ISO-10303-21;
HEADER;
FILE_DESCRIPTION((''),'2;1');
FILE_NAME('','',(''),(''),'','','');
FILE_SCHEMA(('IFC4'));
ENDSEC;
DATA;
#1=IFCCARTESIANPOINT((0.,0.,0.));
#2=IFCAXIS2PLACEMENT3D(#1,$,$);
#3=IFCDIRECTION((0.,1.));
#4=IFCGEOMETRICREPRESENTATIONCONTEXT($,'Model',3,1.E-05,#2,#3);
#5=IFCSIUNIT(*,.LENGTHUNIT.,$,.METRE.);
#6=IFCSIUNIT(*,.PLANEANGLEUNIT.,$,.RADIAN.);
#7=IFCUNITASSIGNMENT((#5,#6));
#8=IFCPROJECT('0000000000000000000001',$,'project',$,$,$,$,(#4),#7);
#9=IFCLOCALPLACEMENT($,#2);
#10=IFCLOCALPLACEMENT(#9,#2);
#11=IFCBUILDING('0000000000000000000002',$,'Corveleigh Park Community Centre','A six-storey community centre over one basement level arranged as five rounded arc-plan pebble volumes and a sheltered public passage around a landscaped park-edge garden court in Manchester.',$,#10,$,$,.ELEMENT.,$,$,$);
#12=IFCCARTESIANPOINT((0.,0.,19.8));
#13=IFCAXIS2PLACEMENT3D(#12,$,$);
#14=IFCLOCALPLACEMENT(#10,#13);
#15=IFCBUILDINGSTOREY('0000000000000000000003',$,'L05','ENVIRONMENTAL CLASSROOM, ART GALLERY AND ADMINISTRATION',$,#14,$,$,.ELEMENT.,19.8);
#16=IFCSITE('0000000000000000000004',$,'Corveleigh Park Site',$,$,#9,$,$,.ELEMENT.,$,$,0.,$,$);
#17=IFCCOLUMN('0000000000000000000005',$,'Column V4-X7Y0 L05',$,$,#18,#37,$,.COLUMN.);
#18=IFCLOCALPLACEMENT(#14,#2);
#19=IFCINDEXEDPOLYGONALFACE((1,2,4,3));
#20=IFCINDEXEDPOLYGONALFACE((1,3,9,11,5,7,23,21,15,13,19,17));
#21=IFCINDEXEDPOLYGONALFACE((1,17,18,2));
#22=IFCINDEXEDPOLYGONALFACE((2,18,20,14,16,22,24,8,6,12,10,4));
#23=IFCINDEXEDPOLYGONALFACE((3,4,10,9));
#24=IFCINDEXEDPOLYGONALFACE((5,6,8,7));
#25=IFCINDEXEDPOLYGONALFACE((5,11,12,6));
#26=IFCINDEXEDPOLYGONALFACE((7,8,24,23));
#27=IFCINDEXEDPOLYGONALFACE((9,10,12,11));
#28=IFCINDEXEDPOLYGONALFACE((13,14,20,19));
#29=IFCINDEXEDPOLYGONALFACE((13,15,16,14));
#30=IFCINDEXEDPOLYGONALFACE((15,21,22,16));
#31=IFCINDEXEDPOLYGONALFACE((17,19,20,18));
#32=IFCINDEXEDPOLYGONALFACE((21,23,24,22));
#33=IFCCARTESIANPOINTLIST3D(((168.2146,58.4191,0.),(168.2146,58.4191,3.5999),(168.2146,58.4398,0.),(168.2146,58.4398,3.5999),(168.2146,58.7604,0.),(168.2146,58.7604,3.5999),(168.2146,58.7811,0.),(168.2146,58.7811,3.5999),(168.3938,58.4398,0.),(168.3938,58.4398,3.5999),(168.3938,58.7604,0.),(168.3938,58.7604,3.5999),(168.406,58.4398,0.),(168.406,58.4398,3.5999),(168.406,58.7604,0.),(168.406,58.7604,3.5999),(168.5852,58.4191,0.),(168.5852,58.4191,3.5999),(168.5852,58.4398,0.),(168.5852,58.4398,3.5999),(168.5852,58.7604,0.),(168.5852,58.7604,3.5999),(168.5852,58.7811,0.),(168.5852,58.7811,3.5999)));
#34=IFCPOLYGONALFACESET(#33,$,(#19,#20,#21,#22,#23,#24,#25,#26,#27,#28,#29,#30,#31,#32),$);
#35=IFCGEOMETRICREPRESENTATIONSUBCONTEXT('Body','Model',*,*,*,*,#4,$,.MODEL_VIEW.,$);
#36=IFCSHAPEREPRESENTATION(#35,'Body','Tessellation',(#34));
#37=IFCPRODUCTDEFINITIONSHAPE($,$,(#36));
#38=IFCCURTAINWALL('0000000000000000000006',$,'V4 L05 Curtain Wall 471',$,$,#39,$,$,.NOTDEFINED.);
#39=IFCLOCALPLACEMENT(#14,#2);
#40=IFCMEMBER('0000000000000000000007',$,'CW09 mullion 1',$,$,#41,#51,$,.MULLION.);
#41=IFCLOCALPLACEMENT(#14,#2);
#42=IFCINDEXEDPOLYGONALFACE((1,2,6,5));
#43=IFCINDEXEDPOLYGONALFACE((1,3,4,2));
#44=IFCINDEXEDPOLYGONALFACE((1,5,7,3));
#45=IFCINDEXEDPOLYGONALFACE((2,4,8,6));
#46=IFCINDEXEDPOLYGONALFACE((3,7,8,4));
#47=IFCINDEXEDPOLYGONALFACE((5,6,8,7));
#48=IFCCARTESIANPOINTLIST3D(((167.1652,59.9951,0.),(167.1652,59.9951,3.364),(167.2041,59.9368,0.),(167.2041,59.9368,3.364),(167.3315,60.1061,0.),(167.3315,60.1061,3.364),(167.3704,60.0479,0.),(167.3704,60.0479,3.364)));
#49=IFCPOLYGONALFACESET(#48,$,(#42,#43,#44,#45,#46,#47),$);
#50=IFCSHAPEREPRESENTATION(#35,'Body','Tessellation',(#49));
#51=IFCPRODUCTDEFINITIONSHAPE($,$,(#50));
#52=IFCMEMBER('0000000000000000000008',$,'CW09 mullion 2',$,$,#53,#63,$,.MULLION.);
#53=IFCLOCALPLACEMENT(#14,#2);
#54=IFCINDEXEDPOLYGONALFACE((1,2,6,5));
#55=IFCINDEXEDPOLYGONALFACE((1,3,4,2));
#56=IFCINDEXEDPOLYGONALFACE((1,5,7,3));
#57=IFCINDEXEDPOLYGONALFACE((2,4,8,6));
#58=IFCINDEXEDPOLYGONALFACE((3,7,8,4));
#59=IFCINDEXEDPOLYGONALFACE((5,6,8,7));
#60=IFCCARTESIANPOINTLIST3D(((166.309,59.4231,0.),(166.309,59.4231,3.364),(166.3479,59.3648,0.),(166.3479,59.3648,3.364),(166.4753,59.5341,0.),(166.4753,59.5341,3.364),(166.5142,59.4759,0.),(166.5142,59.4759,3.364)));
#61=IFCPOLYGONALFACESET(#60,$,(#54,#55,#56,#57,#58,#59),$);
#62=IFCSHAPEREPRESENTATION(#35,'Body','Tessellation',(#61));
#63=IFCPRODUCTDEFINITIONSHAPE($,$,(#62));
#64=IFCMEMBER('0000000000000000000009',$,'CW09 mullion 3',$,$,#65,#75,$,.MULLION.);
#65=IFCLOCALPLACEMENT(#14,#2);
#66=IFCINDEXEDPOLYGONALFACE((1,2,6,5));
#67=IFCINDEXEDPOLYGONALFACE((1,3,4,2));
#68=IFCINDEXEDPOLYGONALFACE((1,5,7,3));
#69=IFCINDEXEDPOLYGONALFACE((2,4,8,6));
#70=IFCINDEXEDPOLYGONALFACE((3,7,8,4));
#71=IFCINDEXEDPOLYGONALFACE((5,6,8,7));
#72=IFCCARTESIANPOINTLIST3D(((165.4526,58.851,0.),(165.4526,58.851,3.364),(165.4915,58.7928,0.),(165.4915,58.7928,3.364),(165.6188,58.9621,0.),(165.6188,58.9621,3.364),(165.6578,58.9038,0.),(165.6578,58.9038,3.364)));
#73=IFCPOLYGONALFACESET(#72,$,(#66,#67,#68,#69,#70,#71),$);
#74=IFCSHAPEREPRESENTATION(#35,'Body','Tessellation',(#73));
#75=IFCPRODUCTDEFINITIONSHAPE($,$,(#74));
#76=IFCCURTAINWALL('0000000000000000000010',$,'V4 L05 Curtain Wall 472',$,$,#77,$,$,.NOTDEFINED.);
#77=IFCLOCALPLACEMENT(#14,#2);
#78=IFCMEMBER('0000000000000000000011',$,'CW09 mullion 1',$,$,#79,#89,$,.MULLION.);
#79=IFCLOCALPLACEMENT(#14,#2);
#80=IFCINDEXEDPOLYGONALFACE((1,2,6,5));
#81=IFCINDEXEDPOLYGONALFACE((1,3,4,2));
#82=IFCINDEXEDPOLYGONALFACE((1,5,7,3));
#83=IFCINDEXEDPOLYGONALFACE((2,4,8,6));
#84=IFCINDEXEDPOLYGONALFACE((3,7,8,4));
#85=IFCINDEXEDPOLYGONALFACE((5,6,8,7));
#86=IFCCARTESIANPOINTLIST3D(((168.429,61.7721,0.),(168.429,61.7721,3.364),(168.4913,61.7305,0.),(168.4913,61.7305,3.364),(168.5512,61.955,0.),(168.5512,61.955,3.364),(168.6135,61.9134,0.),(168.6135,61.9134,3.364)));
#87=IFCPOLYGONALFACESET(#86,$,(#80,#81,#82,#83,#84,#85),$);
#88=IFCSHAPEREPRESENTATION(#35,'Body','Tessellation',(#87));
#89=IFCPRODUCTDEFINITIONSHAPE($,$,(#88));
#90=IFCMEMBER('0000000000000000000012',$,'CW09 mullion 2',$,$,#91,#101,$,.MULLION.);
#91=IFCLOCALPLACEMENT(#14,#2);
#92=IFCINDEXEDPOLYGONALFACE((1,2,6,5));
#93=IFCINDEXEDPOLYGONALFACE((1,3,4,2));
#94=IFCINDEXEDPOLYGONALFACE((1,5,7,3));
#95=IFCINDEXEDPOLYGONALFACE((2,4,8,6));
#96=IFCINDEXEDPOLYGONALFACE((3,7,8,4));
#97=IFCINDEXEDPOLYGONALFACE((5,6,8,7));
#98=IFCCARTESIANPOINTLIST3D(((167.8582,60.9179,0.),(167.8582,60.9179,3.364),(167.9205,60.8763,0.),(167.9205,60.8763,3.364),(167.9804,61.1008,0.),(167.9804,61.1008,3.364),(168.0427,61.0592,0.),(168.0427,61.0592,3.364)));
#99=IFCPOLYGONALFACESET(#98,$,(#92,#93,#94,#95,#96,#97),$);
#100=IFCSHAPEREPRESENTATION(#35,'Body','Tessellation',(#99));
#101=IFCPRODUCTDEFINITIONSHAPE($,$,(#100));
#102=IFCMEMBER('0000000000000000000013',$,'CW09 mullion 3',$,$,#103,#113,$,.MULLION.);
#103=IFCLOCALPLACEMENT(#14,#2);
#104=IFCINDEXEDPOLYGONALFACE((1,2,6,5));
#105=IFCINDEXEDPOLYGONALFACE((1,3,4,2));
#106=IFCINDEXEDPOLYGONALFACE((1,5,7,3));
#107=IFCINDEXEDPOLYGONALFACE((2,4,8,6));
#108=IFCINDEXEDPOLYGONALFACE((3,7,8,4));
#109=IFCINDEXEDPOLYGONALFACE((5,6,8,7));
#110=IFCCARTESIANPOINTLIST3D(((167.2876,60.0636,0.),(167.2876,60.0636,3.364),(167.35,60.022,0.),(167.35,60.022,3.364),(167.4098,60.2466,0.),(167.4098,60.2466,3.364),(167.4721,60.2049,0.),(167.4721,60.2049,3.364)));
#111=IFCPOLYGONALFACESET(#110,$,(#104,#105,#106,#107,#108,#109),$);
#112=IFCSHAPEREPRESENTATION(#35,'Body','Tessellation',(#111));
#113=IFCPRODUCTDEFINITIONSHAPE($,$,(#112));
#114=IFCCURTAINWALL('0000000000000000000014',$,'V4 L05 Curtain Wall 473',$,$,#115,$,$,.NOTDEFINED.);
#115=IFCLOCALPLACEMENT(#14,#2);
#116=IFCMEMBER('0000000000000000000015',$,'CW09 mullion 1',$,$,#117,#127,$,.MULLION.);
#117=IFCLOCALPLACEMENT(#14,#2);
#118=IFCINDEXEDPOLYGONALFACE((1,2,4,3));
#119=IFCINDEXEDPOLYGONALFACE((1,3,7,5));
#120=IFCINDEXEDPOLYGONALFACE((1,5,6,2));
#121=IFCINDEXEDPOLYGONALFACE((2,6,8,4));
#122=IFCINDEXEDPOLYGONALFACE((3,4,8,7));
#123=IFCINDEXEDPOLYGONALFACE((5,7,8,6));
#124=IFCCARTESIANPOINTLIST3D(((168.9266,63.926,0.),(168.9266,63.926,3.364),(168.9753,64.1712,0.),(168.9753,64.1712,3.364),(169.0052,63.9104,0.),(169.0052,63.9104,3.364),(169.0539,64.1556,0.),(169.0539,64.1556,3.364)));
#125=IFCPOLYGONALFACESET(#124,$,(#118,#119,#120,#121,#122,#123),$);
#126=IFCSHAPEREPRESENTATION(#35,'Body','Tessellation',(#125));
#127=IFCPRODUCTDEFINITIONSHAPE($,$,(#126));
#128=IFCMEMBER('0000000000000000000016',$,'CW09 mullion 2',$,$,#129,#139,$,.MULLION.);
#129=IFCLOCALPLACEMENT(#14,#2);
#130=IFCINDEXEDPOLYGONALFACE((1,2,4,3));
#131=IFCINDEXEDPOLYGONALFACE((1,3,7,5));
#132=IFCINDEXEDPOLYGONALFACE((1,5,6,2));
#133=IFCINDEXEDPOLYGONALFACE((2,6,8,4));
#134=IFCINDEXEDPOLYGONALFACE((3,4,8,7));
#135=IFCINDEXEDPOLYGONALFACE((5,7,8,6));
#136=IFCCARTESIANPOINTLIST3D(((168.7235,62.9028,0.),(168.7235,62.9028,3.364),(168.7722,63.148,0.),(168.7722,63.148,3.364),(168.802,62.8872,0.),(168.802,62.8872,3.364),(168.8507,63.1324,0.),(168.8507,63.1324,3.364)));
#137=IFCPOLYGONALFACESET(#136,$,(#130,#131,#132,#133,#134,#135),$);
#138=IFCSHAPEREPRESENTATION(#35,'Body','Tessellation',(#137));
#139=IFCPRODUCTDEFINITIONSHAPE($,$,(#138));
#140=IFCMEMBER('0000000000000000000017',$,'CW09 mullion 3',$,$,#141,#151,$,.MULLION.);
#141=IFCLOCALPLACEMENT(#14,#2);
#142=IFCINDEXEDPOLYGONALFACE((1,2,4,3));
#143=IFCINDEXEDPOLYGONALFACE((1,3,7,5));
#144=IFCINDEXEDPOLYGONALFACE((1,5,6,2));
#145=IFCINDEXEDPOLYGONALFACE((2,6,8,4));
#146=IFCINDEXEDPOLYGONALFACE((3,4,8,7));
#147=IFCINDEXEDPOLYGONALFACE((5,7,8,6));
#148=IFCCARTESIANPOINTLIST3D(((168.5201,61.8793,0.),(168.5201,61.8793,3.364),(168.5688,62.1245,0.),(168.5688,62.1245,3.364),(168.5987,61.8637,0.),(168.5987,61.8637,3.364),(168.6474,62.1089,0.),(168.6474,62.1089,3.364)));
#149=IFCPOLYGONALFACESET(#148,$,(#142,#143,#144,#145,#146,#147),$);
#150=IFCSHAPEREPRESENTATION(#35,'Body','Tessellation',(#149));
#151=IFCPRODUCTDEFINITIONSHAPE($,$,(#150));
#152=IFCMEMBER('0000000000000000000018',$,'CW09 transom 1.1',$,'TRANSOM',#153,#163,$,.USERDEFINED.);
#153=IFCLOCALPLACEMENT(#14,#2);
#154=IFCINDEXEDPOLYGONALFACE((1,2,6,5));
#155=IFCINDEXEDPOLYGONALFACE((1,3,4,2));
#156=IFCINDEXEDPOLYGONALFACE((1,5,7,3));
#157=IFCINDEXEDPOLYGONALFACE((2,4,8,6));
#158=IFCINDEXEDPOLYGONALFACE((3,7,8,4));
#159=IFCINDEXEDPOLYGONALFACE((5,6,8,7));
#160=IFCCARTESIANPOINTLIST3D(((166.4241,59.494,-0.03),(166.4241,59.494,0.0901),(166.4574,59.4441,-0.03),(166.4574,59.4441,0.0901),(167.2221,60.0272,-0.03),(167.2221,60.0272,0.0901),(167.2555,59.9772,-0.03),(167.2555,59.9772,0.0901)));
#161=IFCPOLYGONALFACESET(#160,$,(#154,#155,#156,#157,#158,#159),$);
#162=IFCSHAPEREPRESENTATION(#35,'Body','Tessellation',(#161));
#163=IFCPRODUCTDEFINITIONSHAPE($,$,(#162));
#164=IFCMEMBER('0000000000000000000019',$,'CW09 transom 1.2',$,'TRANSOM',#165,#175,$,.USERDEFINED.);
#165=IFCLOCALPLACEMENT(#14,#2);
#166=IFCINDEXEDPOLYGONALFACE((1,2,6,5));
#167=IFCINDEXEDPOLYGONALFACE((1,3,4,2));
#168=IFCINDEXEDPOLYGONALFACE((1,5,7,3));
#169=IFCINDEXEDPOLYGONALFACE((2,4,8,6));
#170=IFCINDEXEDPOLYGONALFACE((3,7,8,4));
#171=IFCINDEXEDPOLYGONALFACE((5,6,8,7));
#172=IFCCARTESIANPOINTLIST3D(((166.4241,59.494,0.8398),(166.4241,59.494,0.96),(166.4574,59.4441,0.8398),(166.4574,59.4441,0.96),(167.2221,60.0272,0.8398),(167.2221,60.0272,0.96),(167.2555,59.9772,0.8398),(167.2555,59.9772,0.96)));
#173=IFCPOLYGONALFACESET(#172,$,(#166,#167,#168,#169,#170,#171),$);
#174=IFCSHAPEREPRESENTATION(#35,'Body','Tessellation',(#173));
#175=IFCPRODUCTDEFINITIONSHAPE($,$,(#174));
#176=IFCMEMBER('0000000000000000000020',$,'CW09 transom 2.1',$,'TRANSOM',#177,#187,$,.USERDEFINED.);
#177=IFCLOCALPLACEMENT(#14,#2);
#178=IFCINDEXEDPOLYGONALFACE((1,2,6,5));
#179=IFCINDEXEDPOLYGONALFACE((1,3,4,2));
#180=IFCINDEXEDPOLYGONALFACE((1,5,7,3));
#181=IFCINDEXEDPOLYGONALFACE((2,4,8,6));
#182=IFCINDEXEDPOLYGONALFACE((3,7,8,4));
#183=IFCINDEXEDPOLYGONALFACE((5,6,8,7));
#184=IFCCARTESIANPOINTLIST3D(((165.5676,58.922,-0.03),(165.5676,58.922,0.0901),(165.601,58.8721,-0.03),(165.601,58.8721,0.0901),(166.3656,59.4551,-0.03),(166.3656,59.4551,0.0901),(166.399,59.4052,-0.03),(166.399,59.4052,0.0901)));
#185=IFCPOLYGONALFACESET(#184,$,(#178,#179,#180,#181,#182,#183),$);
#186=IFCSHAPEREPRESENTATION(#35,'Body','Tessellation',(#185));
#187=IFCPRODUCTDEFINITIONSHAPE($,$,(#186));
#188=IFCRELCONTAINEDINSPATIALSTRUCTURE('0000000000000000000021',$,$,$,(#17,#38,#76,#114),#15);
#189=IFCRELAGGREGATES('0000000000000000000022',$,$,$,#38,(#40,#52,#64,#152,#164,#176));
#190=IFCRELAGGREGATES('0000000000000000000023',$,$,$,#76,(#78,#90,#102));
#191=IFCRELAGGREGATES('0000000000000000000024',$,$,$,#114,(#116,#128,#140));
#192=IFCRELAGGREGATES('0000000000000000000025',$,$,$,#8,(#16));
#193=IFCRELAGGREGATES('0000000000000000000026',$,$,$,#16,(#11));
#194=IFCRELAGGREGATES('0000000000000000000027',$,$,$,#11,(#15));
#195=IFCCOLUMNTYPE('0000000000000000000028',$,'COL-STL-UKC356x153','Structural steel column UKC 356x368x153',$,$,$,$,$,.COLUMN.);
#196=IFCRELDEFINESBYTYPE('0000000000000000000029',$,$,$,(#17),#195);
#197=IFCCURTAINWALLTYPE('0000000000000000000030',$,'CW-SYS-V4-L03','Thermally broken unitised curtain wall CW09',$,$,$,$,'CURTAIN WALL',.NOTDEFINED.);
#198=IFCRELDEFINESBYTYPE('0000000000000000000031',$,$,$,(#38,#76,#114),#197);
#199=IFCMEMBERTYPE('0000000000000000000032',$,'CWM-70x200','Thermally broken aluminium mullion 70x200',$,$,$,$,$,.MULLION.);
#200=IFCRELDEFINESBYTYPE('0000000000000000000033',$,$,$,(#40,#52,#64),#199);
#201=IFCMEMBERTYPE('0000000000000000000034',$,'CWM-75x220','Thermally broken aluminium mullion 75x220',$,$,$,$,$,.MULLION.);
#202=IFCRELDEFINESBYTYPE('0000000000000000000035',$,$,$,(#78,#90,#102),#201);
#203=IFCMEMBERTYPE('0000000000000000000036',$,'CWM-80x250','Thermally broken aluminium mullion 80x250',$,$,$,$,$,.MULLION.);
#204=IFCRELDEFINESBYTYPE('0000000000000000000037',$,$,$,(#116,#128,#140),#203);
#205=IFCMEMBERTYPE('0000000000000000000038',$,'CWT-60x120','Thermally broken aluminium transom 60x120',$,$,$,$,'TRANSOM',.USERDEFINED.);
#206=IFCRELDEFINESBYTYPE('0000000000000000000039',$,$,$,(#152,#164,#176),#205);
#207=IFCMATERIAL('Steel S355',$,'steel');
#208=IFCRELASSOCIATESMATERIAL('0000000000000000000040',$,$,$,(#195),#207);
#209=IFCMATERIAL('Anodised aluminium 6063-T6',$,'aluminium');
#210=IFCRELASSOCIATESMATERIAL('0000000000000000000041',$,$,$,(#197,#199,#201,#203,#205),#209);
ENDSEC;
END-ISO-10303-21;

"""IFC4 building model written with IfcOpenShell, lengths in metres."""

from ifc_helpers import new_model, si_unit, direction, frame, origin, origin_2d, place, context, subcontext, project, spatial, rectangle, i_section, extrude, material, material_profile, profile_set, type_object, element, aggregate, save


model = new_model("IFC4")

# Units and contexts
model_context = context("Model", 3, precision=1e-05, world=origin(), true_north=direction((0.0, 1.0)))
body_context = subcontext(model_context, "Body", "Model", "MODEL_VIEW")
ifc_project = project(units=[si_unit("LENGTHUNIT", "METRE"), si_unit("PLANEANGLEUNIT", "RADIAN")], contexts=[model_context])

# Site, building, storey
site_placement = place(None, origin())
site = spatial("IfcSite", under=ifc_project, at=site_placement, Name="Corveleigh Park Site", CompositionType="ELEMENT", RefElevation=0.0)
building_placement = place(site_placement, origin())
building = spatial("IfcBuilding", under=site, at=building_placement, Name="Corveleigh Park Community Centre", Description="A six-storey community centre over one basement level arranged as five rounded arc-plan pebble volumes and a sheltered public passage around a landscaped park-edge garden court in Manchester.", CompositionType="ELEMENT")
storey_placement = place(building_placement, frame((0.0, 0.0, 19.8)))
storey = spatial("IfcBuildingStorey", under=building, at=storey_placement, Name="L05", Description="ENVIRONMENTAL CLASSROOM, ART GALLERY AND ADMINISTRATION", CompositionType="ELEMENT", Elevation=19.8)

# Column
ifc_material_1 = material(Name="Steel S355", Category="steel")
ifc_material_profile_1 = material_profile(ifc_material_1, i_section(OverallWidth=0.3706, OverallDepth=0.3621, WebThickness=0.0122, FlangeThickness=0.0208, at=origin_2d()), Name="UKC 356x368x153", Category="steel")
ifc_profile_set_1 = profile_set([ifc_material_profile_1], Name="Steel S355")
column_type = type_object("IfcColumnType", Name="COL-STL-UKC356x153", Description="Structural steel column UKC 356x368x153", PredefinedType="COLUMN", material=ifc_profile_set_1)
column_placement = place(storey_placement, frame((168.3999, 58.6001, 0.0), z_axis=(0.0, 0.0, 1.0), x_axis=(1.0, 0.0, 0.0)))
element("IfcColumn", 1, at=column_placement, inside=storey, type_object=column_type, Name="Column V4-X7Y0 L05", PredefinedType="COLUMN", context=body_context, shape_type="SweptSolid", body=[
    extrude(i_section(OverallWidth=0.3706, OverallDepth=0.3621, WebThickness=0.0122, FlangeThickness=0.0208, at=origin_2d()), origin(), (0.0, 0.0, 1.0), 3.5999),
])

# Curtain walls, members
ifc_material_2 = material(Name="Anodised aluminium 6063-T6", Category="aluminium")
curtain_wall_type = type_object("IfcCurtainWallType", Name="CW-SYS-V4-L03", Description="Thermally broken unitised curtain wall CW09", ElementType="CURTAIN WALL", PredefinedType="NOTDEFINED", material=ifc_material_2)
curtain_wall_1_placement = place(storey_placement, origin())
curtain_wall_1 = element("IfcCurtainWall", 2, at=curtain_wall_1_placement, inside=storey, type_object=curtain_wall_type, Name="V4 L05 Curtain Wall 471", PredefinedType="NOTDEFINED")
ifc_material_profile_2 = material_profile(ifc_material_2, rectangle(XDim=0.0701, YDim=0.2, at=origin_2d()), Name="ALU-M70x200", Category="aluminium")
ifc_profile_set_2 = profile_set([ifc_material_profile_2], Name="Anodised aluminium 6063-T6")
member_type_1 = type_object("IfcMemberType", Name="CWM-70x200", Description="Thermally broken aluminium mullion 70x200", PredefinedType="MULLION", material=ifc_profile_set_2)
member_1_placement = place(storey_placement, frame((167.2678, 60.0215, 0.0), z_axis=(0.0, 0.0, 1.0), x_axis=(0.555458, -0.831544, 0.0)))
member_1 = element("IfcMember", 3, at=member_1_placement, type_object=member_type_1, Name="CW09 mullion 1", PredefinedType="MULLION", context=body_context, shape_type="SweptSolid", body=[
    extrude(rectangle(XDim=0.0701, YDim=0.2, at=origin_2d()), origin(), (0.0, 0.0, 1.0), 3.364),
])
member_2_placement = place(storey_placement, frame((166.4116, 59.4495, 0.0), z_axis=(0.0, 0.0, 1.0), x_axis=(0.555458, -0.831544, 0.0)))
member_2 = element("IfcMember", 4, at=member_2_placement, type_object=member_type_1, Name="CW09 mullion 2", PredefinedType="MULLION", context=body_context, shape_type="SweptSolid", body=[
    extrude(rectangle(XDim=0.0701, YDim=0.2, at=origin_2d()), origin(), (0.0, 0.0, 1.0), 3.364),
])
member_3_placement = place(storey_placement, frame((165.5552, 58.8774, 0.0), z_axis=(0.0, 0.0, 1.0), x_axis=(0.555458, -0.831544, 0.0)))
member_3 = element("IfcMember", 5, at=member_3_placement, type_object=member_type_1, Name="CW09 mullion 3", PredefinedType="MULLION", context=body_context, shape_type="SweptSolid", body=[
    extrude(rectangle(XDim=0.0701, YDim=0.2, at=origin_2d()), origin(), (0.0, 0.0, 1.0), 3.364),
])
curtain_wall_2_placement = place(storey_placement, origin())
curtain_wall_2 = element("IfcCurtainWall", 6, at=curtain_wall_2_placement, inside=storey, type_object=curtain_wall_type, Name="V4 L05 Curtain Wall 472", PredefinedType="NOTDEFINED")
ifc_material_profile_3 = material_profile(ifc_material_2, rectangle(XDim=0.075, YDim=0.22, at=origin_2d()), Name="ALU-M75x220", Category="aluminium")
ifc_profile_set_3 = profile_set([ifc_material_profile_3], Name="Anodised aluminium 6063-T6")
member_type_2 = type_object("IfcMemberType", Name="CWM-75x220", Description="Thermally broken aluminium mullion 75x220", PredefinedType="MULLION", material=ifc_profile_set_3)
member_4_placement = place(storey_placement, frame((168.5212, 61.8428, 0.0), z_axis=(0.0, 0.0, 1.0), x_axis=(0.831544, -0.555458, 0.0)))
member_4 = element("IfcMember", 7, at=member_4_placement, type_object=member_type_2, Name="CW09 mullion 1", PredefinedType="MULLION", context=body_context, shape_type="SweptSolid", body=[
    extrude(rectangle(XDim=0.075, YDim=0.22, at=origin_2d()), origin(), (0.0, 0.0, 1.0), 3.364),
])
member_5_placement = place(storey_placement, frame((167.9504, 60.9885, 0.0), z_axis=(0.0, 0.0, 1.0), x_axis=(0.831544, -0.555458, 0.0)))
member_5 = element("IfcMember", 8, at=member_5_placement, type_object=member_type_2, Name="CW09 mullion 2", PredefinedType="MULLION", context=body_context, shape_type="SweptSolid", body=[
    extrude(rectangle(XDim=0.075, YDim=0.22, at=origin_2d()), origin(), (0.0, 0.0, 1.0), 3.364),
])
member_6_placement = place(storey_placement, frame((167.3799, 60.1343, 0.0), z_axis=(0.0, 0.0, 1.0), x_axis=(0.831544, -0.555458, 0.0)))
member_6 = element("IfcMember", 9, at=member_6_placement, type_object=member_type_2, Name="CW09 mullion 3", PredefinedType="MULLION", context=body_context, shape_type="SweptSolid", body=[
    extrude(rectangle(XDim=0.075, YDim=0.22, at=origin_2d()), origin(), (0.0, 0.0, 1.0), 3.364),
])
curtain_wall_3_placement = place(storey_placement, origin())
curtain_wall_3 = element("IfcCurtainWall", 10, at=curtain_wall_3_placement, inside=storey, type_object=curtain_wall_type, Name="V4 L05 Curtain Wall 473", PredefinedType="NOTDEFINED")
ifc_material_profile_4 = material_profile(ifc_material_2, rectangle(XDim=0.0801, YDim=0.25, at=origin_2d()), Name="ALU-M80x250", Category="aluminium")
ifc_profile_set_4 = profile_set([ifc_material_profile_4], Name="Anodised aluminium 6063-T6")
member_type_3 = type_object("IfcMemberType", Name="CWM-80x250", Description="Thermally broken aluminium mullion 80x250", PredefinedType="MULLION", material=ifc_profile_set_4)
member_7_placement = place(storey_placement, frame((168.9902, 64.0408, 0.0), z_axis=(0.0, 0.0, 1.0), x_axis=(0.980846, -0.194784, 0.0)))
member_7 = element("IfcMember", 11, at=member_7_placement, type_object=member_type_3, Name="CW09 mullion 1", PredefinedType="MULLION", context=body_context, shape_type="SweptSolid", body=[
    extrude(rectangle(XDim=0.0801, YDim=0.25, at=origin_2d()), origin(), (0.0, 0.0, 1.0), 3.364),
])
member_8_placement = place(storey_placement, frame((168.7871, 63.0176, 0.0), z_axis=(0.0, 0.0, 1.0), x_axis=(0.980846, -0.194784, 0.0)))
member_8 = element("IfcMember", 12, at=member_8_placement, type_object=member_type_3, Name="CW09 mullion 2", PredefinedType="MULLION", context=body_context, shape_type="SweptSolid", body=[
    extrude(rectangle(XDim=0.0801, YDim=0.25, at=origin_2d()), origin(), (0.0, 0.0, 1.0), 3.364),
])
member_9_placement = place(storey_placement, frame((168.5837, 61.9941, 0.0), z_axis=(0.0, 0.0, 1.0), x_axis=(0.980846, -0.194784, 0.0)))
member_9 = element("IfcMember", 13, at=member_9_placement, type_object=member_type_3, Name="CW09 mullion 3", PredefinedType="MULLION", context=body_context, shape_type="SweptSolid", body=[
    extrude(rectangle(XDim=0.0801, YDim=0.25, at=origin_2d()), origin(), (0.0, 0.0, 1.0), 3.364),
])

# Members
ifc_material_profile_5 = material_profile(ifc_material_2, rectangle(XDim=0.0601, YDim=0.1201, at=origin_2d()), Name="ALU-T60x120", Category="aluminium")
ifc_profile_set_5 = profile_set([ifc_material_profile_5], Name="Anodised aluminium 6063-T6")
member_type_4 = type_object("IfcMemberType", Name="CWT-60x120", Description="Thermally broken aluminium transom 60x120", ElementType="TRANSOM", PredefinedType="USERDEFINED", material=ifc_profile_set_5)
member_10_placement = place(storey_placement, frame((167.2388, 60.0022, 0.03), z_axis=(-0.831502, -0.555522, 0.0), x_axis=(0.555522, -0.831502, 0.0)))
member_10 = element("IfcMember", 14, at=member_10_placement, type_object=member_type_4, Name="CW09 transom 1.1", ObjectType="TRANSOM", PredefinedType="USERDEFINED", context=body_context, shape_type="SweptSolid", body=[
    extrude(rectangle(XDim=0.0601, YDim=0.1201, at=origin_2d()), origin(), (0.0, 0.0, 1.0), 0.9597),
])
member_11_placement = place(storey_placement, frame((167.2388, 60.0022, 0.8999), z_axis=(-0.831502, -0.555522, 0.0), x_axis=(0.555522, -0.831502, 0.0)))
member_11 = element("IfcMember", 15, at=member_11_placement, type_object=member_type_4, Name="CW09 transom 1.2", ObjectType="TRANSOM", PredefinedType="USERDEFINED", context=body_context, shape_type="SweptSolid", body=[
    extrude(rectangle(XDim=0.0601, YDim=0.1201, at=origin_2d()), origin(), (0.0, 0.0, 1.0), 0.9597),
])
member_12_placement = place(storey_placement, frame((166.3823, 59.4302, 0.03), z_axis=(-0.831502, -0.555522, 0.0), x_axis=(0.555522, -0.831502, 0.0)))
member_12 = element("IfcMember", 16, at=member_12_placement, type_object=member_type_4, Name="CW09 transom 2.1", ObjectType="TRANSOM", PredefinedType="USERDEFINED", context=body_context, shape_type="SweptSolid", body=[
    extrude(rectangle(XDim=0.0601, YDim=0.1201, at=origin_2d()), origin(), (0.0, 0.0, 1.0), 0.9597),
])

aggregate(curtain_wall_1, [member_1, member_2, member_3, member_10, member_11, member_12])
aggregate(curtain_wall_2, [member_4, member_5, member_6])
aggregate(curtain_wall_3, [member_7, member_8, member_9])

save(model, "model.ifc")
